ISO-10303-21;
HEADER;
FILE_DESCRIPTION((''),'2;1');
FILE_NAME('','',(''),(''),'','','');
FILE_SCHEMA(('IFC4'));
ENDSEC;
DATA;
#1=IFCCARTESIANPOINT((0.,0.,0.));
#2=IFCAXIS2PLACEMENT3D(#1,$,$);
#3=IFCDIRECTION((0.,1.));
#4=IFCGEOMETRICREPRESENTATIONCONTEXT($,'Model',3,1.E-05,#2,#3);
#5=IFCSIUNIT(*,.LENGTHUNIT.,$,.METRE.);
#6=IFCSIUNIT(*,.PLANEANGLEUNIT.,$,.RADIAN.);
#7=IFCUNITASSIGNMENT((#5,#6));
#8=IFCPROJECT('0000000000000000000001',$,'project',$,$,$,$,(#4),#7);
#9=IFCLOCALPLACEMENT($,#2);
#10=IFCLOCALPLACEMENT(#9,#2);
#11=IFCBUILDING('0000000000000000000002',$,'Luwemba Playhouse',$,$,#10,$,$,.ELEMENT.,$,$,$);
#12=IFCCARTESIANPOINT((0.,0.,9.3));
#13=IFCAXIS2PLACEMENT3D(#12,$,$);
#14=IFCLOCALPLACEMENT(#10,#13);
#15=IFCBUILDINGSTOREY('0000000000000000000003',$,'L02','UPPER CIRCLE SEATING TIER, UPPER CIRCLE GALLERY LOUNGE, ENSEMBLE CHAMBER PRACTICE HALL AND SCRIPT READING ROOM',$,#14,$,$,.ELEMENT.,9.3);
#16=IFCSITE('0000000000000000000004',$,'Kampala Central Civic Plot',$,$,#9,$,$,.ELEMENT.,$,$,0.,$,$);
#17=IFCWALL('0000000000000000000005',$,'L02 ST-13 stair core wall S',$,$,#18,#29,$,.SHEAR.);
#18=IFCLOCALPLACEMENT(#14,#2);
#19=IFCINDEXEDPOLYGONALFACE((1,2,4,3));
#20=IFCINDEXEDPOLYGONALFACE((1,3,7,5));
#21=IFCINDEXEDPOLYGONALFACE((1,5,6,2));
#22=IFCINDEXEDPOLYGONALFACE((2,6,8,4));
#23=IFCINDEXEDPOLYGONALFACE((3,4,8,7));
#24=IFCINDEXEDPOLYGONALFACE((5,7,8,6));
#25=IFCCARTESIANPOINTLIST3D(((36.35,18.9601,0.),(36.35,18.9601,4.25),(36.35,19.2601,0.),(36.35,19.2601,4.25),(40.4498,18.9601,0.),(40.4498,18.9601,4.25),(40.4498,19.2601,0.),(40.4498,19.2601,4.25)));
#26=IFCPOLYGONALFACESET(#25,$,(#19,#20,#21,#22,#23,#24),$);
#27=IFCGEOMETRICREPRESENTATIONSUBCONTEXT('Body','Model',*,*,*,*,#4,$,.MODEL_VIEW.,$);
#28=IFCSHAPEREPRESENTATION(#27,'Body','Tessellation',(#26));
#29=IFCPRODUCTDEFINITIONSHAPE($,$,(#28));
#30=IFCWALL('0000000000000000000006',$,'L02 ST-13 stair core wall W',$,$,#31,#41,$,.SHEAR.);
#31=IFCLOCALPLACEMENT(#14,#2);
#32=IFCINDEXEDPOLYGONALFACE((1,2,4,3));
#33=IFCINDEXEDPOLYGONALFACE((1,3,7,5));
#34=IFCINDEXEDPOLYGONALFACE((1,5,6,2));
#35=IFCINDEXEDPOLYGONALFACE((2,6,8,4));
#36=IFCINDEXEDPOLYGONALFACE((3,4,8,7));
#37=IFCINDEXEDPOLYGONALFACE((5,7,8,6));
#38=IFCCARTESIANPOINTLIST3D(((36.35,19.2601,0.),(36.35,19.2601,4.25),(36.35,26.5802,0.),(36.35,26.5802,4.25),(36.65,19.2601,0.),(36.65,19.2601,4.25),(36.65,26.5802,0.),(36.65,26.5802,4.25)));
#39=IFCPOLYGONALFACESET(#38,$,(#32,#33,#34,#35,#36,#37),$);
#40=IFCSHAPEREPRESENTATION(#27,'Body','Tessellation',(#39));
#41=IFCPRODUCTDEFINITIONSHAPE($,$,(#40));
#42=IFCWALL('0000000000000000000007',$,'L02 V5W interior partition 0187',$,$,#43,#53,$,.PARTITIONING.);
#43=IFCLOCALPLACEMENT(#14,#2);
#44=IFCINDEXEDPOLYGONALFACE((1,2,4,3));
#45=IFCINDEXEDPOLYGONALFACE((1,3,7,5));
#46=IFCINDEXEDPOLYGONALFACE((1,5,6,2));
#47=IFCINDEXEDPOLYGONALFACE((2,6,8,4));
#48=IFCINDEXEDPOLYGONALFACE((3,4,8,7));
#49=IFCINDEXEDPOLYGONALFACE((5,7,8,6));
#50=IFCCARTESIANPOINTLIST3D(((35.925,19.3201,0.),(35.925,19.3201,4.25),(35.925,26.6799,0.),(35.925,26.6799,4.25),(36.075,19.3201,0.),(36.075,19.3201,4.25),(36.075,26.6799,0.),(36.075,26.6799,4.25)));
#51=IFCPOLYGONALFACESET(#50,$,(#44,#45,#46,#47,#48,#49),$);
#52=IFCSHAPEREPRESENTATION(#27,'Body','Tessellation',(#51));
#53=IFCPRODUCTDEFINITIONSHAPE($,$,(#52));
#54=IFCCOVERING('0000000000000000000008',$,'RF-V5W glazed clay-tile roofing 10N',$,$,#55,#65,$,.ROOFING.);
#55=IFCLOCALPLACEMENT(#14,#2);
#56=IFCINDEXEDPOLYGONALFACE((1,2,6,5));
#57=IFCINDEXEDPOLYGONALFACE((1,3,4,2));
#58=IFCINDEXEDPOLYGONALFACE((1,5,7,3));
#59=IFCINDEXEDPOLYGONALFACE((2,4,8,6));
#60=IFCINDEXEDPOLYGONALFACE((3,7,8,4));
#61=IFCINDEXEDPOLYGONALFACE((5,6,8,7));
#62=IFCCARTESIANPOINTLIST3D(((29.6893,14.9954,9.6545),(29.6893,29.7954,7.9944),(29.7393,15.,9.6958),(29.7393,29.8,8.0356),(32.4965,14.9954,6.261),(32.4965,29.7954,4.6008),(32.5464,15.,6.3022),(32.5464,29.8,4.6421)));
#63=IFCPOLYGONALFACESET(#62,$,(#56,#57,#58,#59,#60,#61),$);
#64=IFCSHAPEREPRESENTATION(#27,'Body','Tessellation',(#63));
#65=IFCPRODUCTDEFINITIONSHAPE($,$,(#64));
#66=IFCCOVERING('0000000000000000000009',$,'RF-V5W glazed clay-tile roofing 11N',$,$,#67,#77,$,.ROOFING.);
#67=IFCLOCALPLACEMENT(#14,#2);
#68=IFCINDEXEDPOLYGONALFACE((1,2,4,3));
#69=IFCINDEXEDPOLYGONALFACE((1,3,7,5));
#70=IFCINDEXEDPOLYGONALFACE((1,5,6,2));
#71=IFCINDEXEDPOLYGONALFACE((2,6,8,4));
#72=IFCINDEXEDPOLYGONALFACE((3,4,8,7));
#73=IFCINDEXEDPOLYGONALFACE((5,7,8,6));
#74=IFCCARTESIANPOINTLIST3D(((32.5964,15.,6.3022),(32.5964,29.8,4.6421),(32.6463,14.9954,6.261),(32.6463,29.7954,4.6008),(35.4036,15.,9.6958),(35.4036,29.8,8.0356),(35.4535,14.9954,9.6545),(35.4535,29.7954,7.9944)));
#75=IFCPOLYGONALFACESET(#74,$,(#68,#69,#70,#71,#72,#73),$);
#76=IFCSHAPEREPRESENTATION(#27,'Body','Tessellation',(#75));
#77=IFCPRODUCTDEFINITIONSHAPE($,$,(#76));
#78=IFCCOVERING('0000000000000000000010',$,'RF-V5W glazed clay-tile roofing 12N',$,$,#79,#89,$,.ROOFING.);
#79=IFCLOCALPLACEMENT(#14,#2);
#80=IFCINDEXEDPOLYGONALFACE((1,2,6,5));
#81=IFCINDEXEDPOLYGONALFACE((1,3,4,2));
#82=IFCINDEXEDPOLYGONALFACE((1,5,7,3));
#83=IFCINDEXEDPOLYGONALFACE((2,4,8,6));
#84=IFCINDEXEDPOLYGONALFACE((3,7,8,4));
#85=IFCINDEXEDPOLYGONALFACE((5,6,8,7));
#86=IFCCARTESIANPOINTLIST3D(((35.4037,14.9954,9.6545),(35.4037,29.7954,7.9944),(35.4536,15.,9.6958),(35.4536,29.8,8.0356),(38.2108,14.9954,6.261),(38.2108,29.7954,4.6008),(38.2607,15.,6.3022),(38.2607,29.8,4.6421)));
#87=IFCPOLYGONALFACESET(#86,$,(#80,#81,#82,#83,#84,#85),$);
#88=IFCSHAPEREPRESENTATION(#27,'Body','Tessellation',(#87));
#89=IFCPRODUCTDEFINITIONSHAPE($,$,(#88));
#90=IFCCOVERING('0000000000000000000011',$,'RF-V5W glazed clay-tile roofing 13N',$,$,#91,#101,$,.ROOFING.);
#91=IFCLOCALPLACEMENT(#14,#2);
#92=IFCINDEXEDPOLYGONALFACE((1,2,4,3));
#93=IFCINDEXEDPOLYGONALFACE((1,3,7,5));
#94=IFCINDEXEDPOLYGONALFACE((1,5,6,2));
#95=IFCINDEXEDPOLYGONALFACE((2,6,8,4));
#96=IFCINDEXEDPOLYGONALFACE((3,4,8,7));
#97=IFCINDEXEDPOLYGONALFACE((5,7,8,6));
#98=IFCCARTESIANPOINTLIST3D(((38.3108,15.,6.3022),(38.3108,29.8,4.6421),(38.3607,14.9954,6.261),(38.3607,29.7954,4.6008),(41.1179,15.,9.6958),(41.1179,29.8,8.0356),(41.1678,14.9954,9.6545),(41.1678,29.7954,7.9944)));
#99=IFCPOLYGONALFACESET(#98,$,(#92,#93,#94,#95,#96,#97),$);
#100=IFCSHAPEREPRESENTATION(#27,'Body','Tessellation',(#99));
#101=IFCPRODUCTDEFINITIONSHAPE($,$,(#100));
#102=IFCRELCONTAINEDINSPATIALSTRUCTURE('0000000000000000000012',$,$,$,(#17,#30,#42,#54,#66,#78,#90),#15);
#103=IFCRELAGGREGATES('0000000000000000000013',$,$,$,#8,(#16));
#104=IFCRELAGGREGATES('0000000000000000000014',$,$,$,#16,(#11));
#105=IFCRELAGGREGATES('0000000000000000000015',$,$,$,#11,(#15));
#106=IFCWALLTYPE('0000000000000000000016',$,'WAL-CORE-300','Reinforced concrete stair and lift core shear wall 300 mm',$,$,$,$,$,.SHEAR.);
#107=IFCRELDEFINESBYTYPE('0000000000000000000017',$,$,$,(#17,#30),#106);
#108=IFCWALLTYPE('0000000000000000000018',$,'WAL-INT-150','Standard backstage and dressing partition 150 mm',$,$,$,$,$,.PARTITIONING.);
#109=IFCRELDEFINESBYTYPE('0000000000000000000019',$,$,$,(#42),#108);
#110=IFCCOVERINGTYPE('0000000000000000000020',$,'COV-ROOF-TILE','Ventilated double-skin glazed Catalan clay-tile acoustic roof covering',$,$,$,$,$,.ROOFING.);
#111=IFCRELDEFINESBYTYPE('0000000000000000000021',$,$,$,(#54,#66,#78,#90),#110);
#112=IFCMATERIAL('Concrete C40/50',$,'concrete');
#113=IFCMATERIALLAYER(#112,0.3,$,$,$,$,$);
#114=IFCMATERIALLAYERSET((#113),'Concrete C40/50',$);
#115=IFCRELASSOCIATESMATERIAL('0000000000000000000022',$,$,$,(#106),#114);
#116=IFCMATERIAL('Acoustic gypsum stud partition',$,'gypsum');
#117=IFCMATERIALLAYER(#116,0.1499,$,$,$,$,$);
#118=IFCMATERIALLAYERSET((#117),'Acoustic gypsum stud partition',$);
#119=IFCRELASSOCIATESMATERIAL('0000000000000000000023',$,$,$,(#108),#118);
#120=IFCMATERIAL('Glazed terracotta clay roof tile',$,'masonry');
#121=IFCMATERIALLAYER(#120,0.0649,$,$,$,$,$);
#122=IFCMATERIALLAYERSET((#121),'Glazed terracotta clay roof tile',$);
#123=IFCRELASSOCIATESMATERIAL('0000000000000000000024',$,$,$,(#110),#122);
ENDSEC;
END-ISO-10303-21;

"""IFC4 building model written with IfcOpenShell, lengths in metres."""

from ifc_helpers import new_model, si_unit, direction, frame, frame_2d, origin, place, context, subcontext, project, spatial, polyline, rectangle, outline, extrude, material, layer, layer_set, type_object, element, save


model = new_model("IFC4")

# Units and contexts
model_context = context("Model", 3, precision=1e-05, world=origin(), true_north=direction((0.0, 1.0)))
body_context = subcontext(model_context, "Body", "Model", "MODEL_VIEW")
ifc_project = project(units=[si_unit("LENGTHUNIT", "METRE"), si_unit("PLANEANGLEUNIT", "RADIAN")], contexts=[model_context])

# Site, building, storey
site_placement = place(None, origin())
site = spatial("IfcSite", under=ifc_project, at=site_placement, Name="Kampala Central Civic Plot", CompositionType="ELEMENT", RefElevation=0.0)
building_placement = place(site_placement, origin())
building = spatial("IfcBuilding", under=site, at=building_placement, Name="Luwemba Playhouse", CompositionType="ELEMENT")
storey_placement = place(building_placement, frame((0.0, 0.0, 9.3)))
storey = spatial("IfcBuildingStorey", under=building, at=storey_placement, Name="L02", Description="UPPER CIRCLE SEATING TIER, UPPER CIRCLE GALLERY LOUNGE, ENSEMBLE CHAMBER PRACTICE HALL AND SCRIPT READING ROOM", CompositionType="ELEMENT", Elevation=9.3)

# Shared definitions
ifc_material_1 = material(Name="Concrete C40/50", Category="concrete")

# Walls
ifc_layer_1 = layer(ifc_material_1, 0.3)
ifc_layer_set_1 = layer_set([ifc_layer_1], Name="Concrete C40/50")
wall_type_1 = type_object("IfcWallType", Name="WAL-CORE-300", Description="Reinforced concrete stair and lift core shear wall 300 mm", PredefinedType="SHEAR", material=ifc_layer_set_1)
wall_1_placement = place(storey_placement, frame((36.3501, 19.1101, 0.0), z_axis=(0.0, 0.0, 1.0), x_axis=(1.0, 0.0, 0.0)))
element("IfcWall", 1, at=wall_1_placement, inside=storey, type_object=wall_type_1, Name="L02 ST-13 stair core wall S", PredefinedType="SHEAR", context=body_context, shape_type="SweptSolid", body=[
    extrude(rectangle(XDim=4.0999, YDim=0.3, at=frame_2d((2.0498, 0.0))), origin(), (0.0, 0.0, 1.0), 4.25),
])
wall_2_placement = place(storey_placement, frame((36.5, 19.26, 0.0), z_axis=(0.0, 0.0, 1.0), x_axis=(0.0, 1.0, 0.0)))
element("IfcWall", 2, at=wall_2_placement, inside=storey, type_object=wall_type_1, Name="L02 ST-13 stair core wall W", PredefinedType="SHEAR", context=body_context, shape_type="SweptSolid", body=[
    extrude(rectangle(XDim=7.3201, YDim=0.3, at=frame_2d((3.6602, 0.0))), origin(), (0.0, 0.0, 1.0), 4.25),
])

# Wall
ifc_material_2 = material(Name="Acoustic gypsum stud partition", Category="gypsum")
ifc_layer_2 = layer(ifc_material_2, 0.1499)
ifc_layer_set_2 = layer_set([ifc_layer_2], Name="Acoustic gypsum stud partition")
wall_type_2 = type_object("IfcWallType", Name="WAL-INT-150", Description="Standard backstage and dressing partition 150 mm", PredefinedType="PARTITIONING", material=ifc_layer_set_2)
wall_3_placement = place(storey_placement, frame((36.0, 19.3201, 0.0), z_axis=(0.0, 0.0, 1.0), x_axis=(0.0, 1.0, 0.0)))
element("IfcWall", 3, at=wall_3_placement, inside=storey, type_object=wall_type_2, Name="L02 V5W interior partition 0187", PredefinedType="PARTITIONING", context=body_context, shape_type="SweptSolid", body=[
    extrude(rectangle(XDim=7.3599, YDim=0.1499, at=frame_2d((3.6799, 0.0))), origin(), (0.0, 0.0, 1.0), 4.25),
])

# Coverings
ifc_material_3 = material(Name="Glazed terracotta clay roof tile", Category="masonry")
ifc_layer_3 = layer(ifc_material_3, 0.0649)
ifc_layer_set_3 = layer_set([ifc_layer_3], Name="Glazed terracotta clay roof tile")
covering_type = type_object("IfcCoveringType", Name="COV-ROOF-TILE", Description="Ventilated double-skin glazed Catalan clay-tile acoustic roof covering", PredefinedType="ROOFING", material=ifc_layer_set_3)
covering_1_placement = place(storey_placement, frame((29.7393, 15.0, 9.6958), z_axis=(0.768581, 0.071315, 0.635766), x_axis=(0.637388, 0.0, -0.770543)))
element("IfcCovering", 4, at=covering_1_placement, inside=storey, type_object=covering_type, Name="RF-V5W glazed clay-tile roofing 10N", PredefinedType="ROOFING", context=body_context, shape_type="SweptSolid", body=[
    extrude(outline(polyline([(0.0, 0.0), (4.4041, 0.0), (5.6833, 14.8378), (1.2792, 14.8378), (0.0, 0.0)])), origin(), (0.0, 0.0, -1.0), 0.0649),
])
covering_2_placement = place(storey_placement, frame((32.5964, 15.0, 6.3022), z_axis=(-0.768581, 0.071315, 0.635766), x_axis=(0.637388, 0.0, 0.770543)))
element("IfcCovering", 5, at=covering_2_placement, inside=storey, type_object=covering_type, Name="RF-V5W glazed clay-tile roofing 11N", PredefinedType="ROOFING", context=body_context, shape_type="SweptSolid", body=[
    extrude(outline(polyline([(0.0, 0.0), (4.4041, 0.0), (3.1249, 14.8378), (-1.2792, 14.8378), (0.0, 0.0)])), origin(), (0.0, 0.0, -1.0), 0.0649),
])
covering_3_placement = place(storey_placement, frame((35.4536, 15.0, 9.6958), z_axis=(0.768581, 0.071315, 0.635766), x_axis=(0.637388, 0.0, -0.770543)))
element("IfcCovering", 6, at=covering_3_placement, inside=storey, type_object=covering_type, Name="RF-V5W glazed clay-tile roofing 12N", PredefinedType="ROOFING", context=body_context, shape_type="SweptSolid", body=[
    extrude(outline(polyline([(0.0, 0.0), (4.4041, 0.0), (5.6833, 14.8378), (1.2792, 14.8378), (0.0, 0.0)])), origin(), (0.0, 0.0, -1.0), 0.0649),
])
covering_4_placement = place(storey_placement, frame((38.3108, 15.0, 6.3022), z_axis=(-0.768581, 0.071315, 0.635766), x_axis=(0.637388, 0.0, 0.770543)))
element("IfcCovering", 7, at=covering_4_placement, inside=storey, type_object=covering_type, Name="RF-V5W glazed clay-tile roofing 13N", PredefinedType="ROOFING", context=body_context, shape_type="SweptSolid", body=[
    extrude(outline(polyline([(0.0, 0.0), (4.4041, 0.0), (3.1249, 14.8378), (-1.2792, 14.8378), (0.0, 0.0)])), origin(), (0.0, 0.0, -1.0), 0.0649),
])

save(model, "model.ifc")
